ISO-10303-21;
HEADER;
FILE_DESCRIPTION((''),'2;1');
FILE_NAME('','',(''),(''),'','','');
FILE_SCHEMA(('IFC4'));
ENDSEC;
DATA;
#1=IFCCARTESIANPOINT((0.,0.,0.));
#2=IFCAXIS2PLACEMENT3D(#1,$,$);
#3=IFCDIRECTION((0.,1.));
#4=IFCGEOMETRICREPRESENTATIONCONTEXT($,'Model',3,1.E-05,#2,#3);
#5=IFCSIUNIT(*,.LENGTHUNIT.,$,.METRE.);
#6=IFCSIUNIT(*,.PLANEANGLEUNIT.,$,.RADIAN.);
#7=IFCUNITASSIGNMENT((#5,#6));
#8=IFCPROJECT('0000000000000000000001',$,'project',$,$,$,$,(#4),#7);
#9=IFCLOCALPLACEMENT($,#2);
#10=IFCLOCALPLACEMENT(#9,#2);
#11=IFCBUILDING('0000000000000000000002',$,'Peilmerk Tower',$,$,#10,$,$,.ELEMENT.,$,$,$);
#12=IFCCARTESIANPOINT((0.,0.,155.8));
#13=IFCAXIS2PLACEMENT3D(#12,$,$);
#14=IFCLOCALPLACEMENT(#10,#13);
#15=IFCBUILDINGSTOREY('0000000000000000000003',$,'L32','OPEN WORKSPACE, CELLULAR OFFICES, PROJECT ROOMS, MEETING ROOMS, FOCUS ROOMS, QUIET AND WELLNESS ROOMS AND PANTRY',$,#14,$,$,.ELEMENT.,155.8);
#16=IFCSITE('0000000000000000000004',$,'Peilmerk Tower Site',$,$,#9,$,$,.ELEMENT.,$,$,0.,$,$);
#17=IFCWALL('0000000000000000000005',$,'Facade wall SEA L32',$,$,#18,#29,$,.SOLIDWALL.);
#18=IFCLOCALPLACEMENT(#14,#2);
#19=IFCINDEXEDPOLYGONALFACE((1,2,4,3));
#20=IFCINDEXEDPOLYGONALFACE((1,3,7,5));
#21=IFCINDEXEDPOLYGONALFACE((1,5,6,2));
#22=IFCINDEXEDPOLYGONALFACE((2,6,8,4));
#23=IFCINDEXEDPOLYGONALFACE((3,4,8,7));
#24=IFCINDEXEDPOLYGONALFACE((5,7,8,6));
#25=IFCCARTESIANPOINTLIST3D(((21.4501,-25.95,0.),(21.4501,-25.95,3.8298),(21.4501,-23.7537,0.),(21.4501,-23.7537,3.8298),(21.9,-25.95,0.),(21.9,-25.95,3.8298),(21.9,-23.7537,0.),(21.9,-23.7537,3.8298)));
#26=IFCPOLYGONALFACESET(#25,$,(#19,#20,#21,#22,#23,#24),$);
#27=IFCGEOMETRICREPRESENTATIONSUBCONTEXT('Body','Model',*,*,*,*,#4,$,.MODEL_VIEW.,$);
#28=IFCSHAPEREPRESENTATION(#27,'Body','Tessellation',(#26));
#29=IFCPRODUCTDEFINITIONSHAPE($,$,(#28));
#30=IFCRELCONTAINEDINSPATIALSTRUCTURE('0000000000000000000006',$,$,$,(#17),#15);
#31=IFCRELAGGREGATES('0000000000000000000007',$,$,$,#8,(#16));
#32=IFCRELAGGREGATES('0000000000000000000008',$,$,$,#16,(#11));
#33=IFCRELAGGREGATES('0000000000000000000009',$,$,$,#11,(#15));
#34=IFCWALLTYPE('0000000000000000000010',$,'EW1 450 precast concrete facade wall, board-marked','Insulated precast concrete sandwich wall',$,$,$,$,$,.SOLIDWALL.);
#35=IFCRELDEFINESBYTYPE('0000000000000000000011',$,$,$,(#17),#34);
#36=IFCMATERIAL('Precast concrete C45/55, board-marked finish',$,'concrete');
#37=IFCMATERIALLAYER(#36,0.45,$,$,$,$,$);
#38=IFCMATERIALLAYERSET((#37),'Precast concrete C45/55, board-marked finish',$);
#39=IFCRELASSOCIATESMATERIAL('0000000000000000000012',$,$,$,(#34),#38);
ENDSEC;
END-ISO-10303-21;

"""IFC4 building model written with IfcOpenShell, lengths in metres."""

from ifc_helpers import new_model, si_unit, direction, frame, frame_2d, origin, place, context, subcontext, project, spatial, rectangle, extrude, material, layer, layer_set, type_object, element, save


model = new_model("IFC4")

# Units and contexts
model_context = context("Model", 3, precision=1e-05, world=origin(), true_north=direction((0.0, 1.0)))
body_context = subcontext(model_context, "Body", "Model", "MODEL_VIEW")
ifc_project = project(units=[si_unit("LENGTHUNIT", "METRE"), si_unit("PLANEANGLEUNIT", "RADIAN")], contexts=[model_context])

# Site, building, storey
site_placement = place(None, origin())
site = spatial("IfcSite", under=ifc_project, at=site_placement, Name="Peilmerk Tower Site", CompositionType="ELEMENT", RefElevation=0.0)
building_placement = place(site_placement, origin())
building = spatial("IfcBuilding", under=site, at=building_placement, Name="Peilmerk Tower", CompositionType="ELEMENT")
storey_placement = place(building_placement, frame((0.0, 0.0, 155.8)))
storey = spatial("IfcBuildingStorey", under=building, at=storey_placement, Name="L32", Description="OPEN WORKSPACE, CELLULAR OFFICES, PROJECT ROOMS, MEETING ROOMS, FOCUS ROOMS, QUIET AND WELLNESS ROOMS AND PANTRY", CompositionType="ELEMENT", Elevation=155.8)

# Shared definitions
ifc_material_1 = material(Name="Precast concrete C45/55, board-marked finish", Category="concrete")
ifc_layer_1 = layer(ifc_material_1, 0.45)
ifc_layer_set_1 = layer_set([ifc_layer_1], Name="Precast concrete C45/55, board-marked finish")
wall_type = type_object("IfcWallType", Name="EW1 450 precast concrete facade wall, board-marked", Description="Insulated precast concrete sandwich wall", PredefinedType="SOLIDWALL", material=ifc_layer_set_1)

# Wall
wall_1_placement = place(storey_placement, frame((21.675, -23.7537, 0.0), z_axis=(0.0, 0.0, 1.0), x_axis=(0.0, -1.0, 0.0)))
element("IfcWall", 1, at=wall_1_placement, inside=storey, type_object=wall_type, Name="Facade wall SEA L32", PredefinedType="SOLIDWALL", context=body_context, shape_type="SweptSolid", body=[
    extrude(rectangle(XDim=2.1963, YDim=0.45, at=frame_2d((1.0981, 0.0))), origin(), (0.0, 0.0, 1.0), 3.8298),
])

save(model, "model.ifc")
